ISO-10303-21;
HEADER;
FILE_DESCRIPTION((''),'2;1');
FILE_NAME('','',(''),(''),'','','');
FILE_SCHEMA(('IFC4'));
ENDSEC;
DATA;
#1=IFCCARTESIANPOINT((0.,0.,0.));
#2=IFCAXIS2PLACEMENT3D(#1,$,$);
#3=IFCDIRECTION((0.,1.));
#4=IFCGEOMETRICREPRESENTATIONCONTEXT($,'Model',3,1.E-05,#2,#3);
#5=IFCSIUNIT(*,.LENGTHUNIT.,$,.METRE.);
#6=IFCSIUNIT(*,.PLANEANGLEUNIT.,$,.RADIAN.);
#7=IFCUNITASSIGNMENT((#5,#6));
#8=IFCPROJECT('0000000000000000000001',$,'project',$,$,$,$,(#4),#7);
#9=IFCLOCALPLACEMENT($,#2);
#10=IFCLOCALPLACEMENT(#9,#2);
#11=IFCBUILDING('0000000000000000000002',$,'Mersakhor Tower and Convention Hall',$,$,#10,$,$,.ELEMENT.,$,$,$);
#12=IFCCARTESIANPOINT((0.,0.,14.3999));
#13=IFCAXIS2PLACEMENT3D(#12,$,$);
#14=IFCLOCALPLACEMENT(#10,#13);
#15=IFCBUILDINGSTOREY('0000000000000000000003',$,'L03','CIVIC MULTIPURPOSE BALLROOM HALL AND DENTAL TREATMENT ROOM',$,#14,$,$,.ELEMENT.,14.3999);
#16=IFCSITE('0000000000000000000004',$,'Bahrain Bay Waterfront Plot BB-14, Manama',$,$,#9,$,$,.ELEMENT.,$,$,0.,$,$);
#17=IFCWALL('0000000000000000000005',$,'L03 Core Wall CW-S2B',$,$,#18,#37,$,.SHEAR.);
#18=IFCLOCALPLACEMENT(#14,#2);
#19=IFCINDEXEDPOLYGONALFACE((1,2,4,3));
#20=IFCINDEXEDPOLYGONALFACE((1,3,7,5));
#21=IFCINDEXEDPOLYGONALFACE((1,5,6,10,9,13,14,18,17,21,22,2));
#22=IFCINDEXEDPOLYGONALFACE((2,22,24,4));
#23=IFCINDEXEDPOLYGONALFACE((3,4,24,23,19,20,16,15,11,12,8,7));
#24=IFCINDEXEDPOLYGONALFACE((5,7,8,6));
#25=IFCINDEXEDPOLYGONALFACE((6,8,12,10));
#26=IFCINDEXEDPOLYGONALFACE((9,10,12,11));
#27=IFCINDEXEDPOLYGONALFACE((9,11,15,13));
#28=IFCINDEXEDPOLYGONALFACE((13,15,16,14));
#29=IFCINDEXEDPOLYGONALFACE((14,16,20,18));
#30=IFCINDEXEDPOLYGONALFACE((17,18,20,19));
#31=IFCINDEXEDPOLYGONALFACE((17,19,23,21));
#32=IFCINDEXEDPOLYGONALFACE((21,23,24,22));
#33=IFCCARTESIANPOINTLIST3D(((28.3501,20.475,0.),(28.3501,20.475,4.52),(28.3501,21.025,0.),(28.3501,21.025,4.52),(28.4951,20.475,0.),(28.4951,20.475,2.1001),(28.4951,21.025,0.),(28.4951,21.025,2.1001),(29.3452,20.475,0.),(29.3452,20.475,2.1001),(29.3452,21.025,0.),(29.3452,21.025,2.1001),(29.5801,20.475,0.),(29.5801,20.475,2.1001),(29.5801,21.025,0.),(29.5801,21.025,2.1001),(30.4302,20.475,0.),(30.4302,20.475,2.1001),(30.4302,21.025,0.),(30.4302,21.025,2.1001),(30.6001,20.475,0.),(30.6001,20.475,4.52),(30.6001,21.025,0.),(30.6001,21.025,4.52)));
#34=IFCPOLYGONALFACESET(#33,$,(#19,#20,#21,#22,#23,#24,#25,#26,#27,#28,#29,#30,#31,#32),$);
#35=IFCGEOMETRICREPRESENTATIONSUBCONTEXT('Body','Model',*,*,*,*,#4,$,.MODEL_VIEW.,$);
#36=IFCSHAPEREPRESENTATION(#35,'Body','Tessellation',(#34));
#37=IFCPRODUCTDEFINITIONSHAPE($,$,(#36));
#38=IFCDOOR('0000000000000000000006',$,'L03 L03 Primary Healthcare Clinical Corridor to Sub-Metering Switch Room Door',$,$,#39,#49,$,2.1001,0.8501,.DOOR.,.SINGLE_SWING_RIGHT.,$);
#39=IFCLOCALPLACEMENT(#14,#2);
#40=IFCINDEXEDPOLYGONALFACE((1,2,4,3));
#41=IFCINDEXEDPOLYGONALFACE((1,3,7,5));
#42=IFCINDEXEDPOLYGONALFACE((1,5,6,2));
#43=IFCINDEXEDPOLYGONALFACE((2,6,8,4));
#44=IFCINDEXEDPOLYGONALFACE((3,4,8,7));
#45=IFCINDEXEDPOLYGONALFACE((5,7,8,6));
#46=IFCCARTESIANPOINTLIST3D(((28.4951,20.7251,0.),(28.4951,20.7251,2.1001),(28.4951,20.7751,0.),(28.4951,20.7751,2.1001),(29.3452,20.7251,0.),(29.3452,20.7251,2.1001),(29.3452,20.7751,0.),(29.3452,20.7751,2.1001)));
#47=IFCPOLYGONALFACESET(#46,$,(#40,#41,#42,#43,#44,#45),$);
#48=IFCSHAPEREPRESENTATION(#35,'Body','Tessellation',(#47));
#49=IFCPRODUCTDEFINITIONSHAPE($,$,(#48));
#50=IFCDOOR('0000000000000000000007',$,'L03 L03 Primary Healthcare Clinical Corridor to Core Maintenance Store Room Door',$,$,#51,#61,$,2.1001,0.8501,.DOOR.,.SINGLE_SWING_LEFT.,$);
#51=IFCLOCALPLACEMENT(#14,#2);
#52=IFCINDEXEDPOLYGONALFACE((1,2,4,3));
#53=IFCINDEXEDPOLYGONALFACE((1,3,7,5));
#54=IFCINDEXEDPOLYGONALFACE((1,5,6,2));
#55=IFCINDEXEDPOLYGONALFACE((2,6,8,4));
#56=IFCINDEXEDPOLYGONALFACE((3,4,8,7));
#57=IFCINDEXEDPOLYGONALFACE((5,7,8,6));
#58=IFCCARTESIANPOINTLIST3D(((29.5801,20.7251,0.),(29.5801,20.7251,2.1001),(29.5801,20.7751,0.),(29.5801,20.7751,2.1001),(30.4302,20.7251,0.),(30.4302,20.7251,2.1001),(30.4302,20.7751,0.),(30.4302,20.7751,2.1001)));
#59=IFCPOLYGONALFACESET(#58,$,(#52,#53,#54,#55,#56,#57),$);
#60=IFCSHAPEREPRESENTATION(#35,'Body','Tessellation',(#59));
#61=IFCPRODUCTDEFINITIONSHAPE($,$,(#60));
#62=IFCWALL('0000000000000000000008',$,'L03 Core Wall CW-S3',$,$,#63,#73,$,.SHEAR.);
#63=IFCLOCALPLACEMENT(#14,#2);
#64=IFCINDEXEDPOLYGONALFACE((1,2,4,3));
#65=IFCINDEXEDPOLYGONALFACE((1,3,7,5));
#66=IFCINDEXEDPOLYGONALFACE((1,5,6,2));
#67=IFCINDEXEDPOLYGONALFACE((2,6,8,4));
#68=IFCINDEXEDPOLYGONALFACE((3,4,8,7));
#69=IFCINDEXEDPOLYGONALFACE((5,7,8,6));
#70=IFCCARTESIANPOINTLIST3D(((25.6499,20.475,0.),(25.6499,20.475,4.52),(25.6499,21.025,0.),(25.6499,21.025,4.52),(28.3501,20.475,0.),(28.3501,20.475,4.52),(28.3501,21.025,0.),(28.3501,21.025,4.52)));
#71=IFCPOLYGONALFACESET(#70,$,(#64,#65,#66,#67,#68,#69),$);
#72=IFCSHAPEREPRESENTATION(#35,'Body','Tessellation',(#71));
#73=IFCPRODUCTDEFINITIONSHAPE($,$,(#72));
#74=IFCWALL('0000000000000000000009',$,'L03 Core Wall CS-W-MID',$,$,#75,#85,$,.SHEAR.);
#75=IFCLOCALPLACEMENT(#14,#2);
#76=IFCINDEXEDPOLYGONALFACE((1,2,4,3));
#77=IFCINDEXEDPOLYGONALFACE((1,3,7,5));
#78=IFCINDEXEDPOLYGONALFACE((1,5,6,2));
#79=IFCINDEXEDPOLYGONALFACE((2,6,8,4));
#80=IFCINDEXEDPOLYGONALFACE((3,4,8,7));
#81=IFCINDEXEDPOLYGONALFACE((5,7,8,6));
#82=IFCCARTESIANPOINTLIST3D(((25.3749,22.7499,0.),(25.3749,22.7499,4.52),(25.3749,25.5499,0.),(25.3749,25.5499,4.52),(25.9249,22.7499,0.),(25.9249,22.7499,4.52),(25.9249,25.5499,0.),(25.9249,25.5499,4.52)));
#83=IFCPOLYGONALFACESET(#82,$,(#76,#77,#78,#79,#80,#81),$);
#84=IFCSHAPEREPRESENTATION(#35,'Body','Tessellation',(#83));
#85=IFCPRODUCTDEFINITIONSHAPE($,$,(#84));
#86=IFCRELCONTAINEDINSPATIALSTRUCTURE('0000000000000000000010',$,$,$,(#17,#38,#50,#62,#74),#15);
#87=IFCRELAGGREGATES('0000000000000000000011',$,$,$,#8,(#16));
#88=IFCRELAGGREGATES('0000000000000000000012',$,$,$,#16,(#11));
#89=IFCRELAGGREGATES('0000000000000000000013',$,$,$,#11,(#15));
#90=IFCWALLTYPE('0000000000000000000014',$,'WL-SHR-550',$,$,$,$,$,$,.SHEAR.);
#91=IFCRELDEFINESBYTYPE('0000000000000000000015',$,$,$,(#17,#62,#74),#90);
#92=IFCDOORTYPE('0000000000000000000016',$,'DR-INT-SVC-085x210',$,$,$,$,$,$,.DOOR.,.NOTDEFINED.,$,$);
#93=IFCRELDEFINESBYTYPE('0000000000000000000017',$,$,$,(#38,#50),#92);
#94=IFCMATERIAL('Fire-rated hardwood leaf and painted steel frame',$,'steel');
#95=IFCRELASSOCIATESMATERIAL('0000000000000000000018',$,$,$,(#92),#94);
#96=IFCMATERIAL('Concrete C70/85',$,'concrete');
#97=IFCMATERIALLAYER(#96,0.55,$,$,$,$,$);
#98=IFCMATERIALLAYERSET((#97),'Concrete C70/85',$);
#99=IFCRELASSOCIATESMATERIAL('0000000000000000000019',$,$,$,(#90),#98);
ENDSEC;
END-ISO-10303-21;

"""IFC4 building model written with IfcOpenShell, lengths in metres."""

from ifc_helpers import new_model, si_unit, direction, frame, frame_2d, origin, place, context, subcontext, project, spatial, rectangle, extrude, material, layer, layer_set, type_object, element, fill, save


model = new_model("IFC4")

# Units and contexts
model_context = context("Model", 3, precision=1e-05, world=origin(), true_north=direction((0.0, 1.0)))
body_context = subcontext(model_context, "Body", "Model", "MODEL_VIEW")
ifc_project = project(units=[si_unit("LENGTHUNIT", "METRE"), si_unit("PLANEANGLEUNIT", "RADIAN")], contexts=[model_context])

# Site, building, storey
site_placement = place(None, origin())
site = spatial("IfcSite", under=ifc_project, at=site_placement, Name="Bahrain Bay Waterfront Plot BB-14, Manama", CompositionType="ELEMENT", RefElevation=0.0)
building_placement = place(site_placement, origin())
building = spatial("IfcBuilding", under=site, at=building_placement, Name="Mersakhor Tower and Convention Hall", CompositionType="ELEMENT")
storey_placement = place(building_placement, frame((0.0, 0.0, 14.3999)))
storey = spatial("IfcBuildingStorey", under=building, at=storey_placement, Name="L03", Description="CIVIC MULTIPURPOSE BALLROOM HALL AND DENTAL TREATMENT ROOM", CompositionType="ELEMENT", Elevation=14.3999)

# Shared definitions
ifc_material_1 = material(Name="Fire-rated hardwood leaf and painted steel frame", Category="steel")
door_type_1 = type_object("IfcDoorType", Name="DR-INT-SVC-085x210", OperationType="NOTDEFINED", PredefinedType="DOOR", material=ifc_material_1)

# Wall, openings, doors
ifc_material_2 = material(Name="Concrete C70/85", Category="concrete")
ifc_layer_1 = layer(ifc_material_2, 0.55)
ifc_layer_set_1 = layer_set([ifc_layer_1], Name="Concrete C70/85")
wall_type_1 = type_object("IfcWallType", Name="WL-SHR-550", PredefinedType="SHEAR", material=ifc_layer_set_1)
wall_1_placement = place(storey_placement, frame((30.6001, 20.75, 0.0), z_axis=(0.0, 0.0, 1.0), x_axis=(-1.0, 0.0, 0.0)))
wall_1 = element("IfcWall", 1, at=wall_1_placement, inside=storey, type_object=wall_type_1, Name="L03 Core Wall CW-S2B", PredefinedType="SHEAR", context=body_context, shape_type="SweptSolid", body=[
    extrude(rectangle(XDim=2.25, YDim=0.55, at=frame_2d((1.125, 0.0))), origin(), (0.0, 0.0, 1.0), 4.52),
])
opening_1_placement = place(wall_1_placement, frame((1.2549, 0.0, 0.0)))
opening_1 = element("IfcOpeningElement", 2, at=opening_1_placement, cuts=wall_1, PredefinedType="OPENING", context=body_context, shape_type="SweptSolid", body=[
    extrude(rectangle(XDim=0.8501, YDim=2.1001, at=frame_2d((0.425, 1.05))), frame((0.0, 0.2849, 0.0), z_axis=(0.0, -1.0, 0.0), x_axis=(1.0, 0.0, 0.0)), (0.0, 0.0, 1.0), 0.5701),
])
opening_2_placement = place(wall_1_placement, frame((0.1699, 0.0, 0.0)))
opening_2 = element("IfcOpeningElement", 3, at=opening_2_placement, cuts=wall_1, PredefinedType="OPENING", context=body_context, shape_type="SweptSolid", body=[
    extrude(rectangle(XDim=0.8501, YDim=2.1001, at=frame_2d((0.425, 1.05))), frame((0.0, 0.2849, 0.0), z_axis=(0.0, -1.0, 0.0), x_axis=(1.0, 0.0, 0.0)), (0.0, 0.0, 1.0), 0.5701),
])
door_1_placement = place(opening_1_placement, origin())
door_1 = element("IfcDoor", 4, at=door_1_placement, inside=storey, type_object=door_type_1, Name="L03 L03 Primary Healthcare Clinical Corridor to Sub-Metering Switch Room Door", OperationType="SINGLE_SWING_RIGHT", OverallHeight=2.1001, OverallWidth=0.8501, PredefinedType="DOOR", context=body_context, shape_type="SweptSolid", body=[
    extrude(rectangle(XDim=0.8501, YDim=2.1001, at=frame_2d((0.425, 1.05))), frame((0.0, 0.0249, 0.0), z_axis=(0.0, -1.0, 0.0), x_axis=(1.0, 0.0, 0.0)), (0.0, 0.0, 1.0), 0.05),
])
fill(opening_1, door_1)
door_2_placement = place(opening_2_placement, origin())
door_2 = element("IfcDoor", 5, at=door_2_placement, inside=storey, type_object=door_type_1, Name="L03 L03 Primary Healthcare Clinical Corridor to Core Maintenance Store Room Door", OperationType="SINGLE_SWING_LEFT", OverallHeight=2.1001, OverallWidth=0.8501, PredefinedType="DOOR", context=body_context, shape_type="SweptSolid", body=[
    extrude(rectangle(XDim=0.8501, YDim=2.1001, at=frame_2d((0.425, 1.05))), frame((0.0, 0.0249, 0.0), z_axis=(0.0, -1.0, 0.0), x_axis=(1.0, 0.0, 0.0)), (0.0, 0.0, 1.0), 0.05),
])
fill(opening_2, door_2)

# Wall
wall_2_placement = place(storey_placement, frame((28.3501, 20.75, 0.0), z_axis=(0.0, 0.0, 1.0), x_axis=(-1.0, 0.0, 0.0)))
element("IfcWall", 6, at=wall_2_placement, inside=storey, type_object=wall_type_1, Name="L03 Core Wall CW-S3", PredefinedType="SHEAR", context=body_context, shape_type="SweptSolid", body=[
    extrude(rectangle(XDim=2.7002, YDim=0.55, at=frame_2d((1.3501, 0.0))), origin(), (0.0, 0.0, 1.0), 4.52),
])

# Wall
wall_3_placement = place(storey_placement, frame((25.6499, 22.75, 0.0), z_axis=(0.0, 0.0, 1.0), x_axis=(0.0, 1.0, 0.0)))
element("IfcWall", 7, at=wall_3_placement, inside=storey, type_object=wall_type_1, Name="L03 Core Wall CS-W-MID", PredefinedType="SHEAR", context=body_context, shape_type="SweptSolid", body=[
    extrude(rectangle(XDim=2.8, YDim=0.55, at=frame_2d((1.3999, 0.0))), origin(), (0.0, 0.0, 1.0), 4.52),
])

save(model, "model.ifc")
